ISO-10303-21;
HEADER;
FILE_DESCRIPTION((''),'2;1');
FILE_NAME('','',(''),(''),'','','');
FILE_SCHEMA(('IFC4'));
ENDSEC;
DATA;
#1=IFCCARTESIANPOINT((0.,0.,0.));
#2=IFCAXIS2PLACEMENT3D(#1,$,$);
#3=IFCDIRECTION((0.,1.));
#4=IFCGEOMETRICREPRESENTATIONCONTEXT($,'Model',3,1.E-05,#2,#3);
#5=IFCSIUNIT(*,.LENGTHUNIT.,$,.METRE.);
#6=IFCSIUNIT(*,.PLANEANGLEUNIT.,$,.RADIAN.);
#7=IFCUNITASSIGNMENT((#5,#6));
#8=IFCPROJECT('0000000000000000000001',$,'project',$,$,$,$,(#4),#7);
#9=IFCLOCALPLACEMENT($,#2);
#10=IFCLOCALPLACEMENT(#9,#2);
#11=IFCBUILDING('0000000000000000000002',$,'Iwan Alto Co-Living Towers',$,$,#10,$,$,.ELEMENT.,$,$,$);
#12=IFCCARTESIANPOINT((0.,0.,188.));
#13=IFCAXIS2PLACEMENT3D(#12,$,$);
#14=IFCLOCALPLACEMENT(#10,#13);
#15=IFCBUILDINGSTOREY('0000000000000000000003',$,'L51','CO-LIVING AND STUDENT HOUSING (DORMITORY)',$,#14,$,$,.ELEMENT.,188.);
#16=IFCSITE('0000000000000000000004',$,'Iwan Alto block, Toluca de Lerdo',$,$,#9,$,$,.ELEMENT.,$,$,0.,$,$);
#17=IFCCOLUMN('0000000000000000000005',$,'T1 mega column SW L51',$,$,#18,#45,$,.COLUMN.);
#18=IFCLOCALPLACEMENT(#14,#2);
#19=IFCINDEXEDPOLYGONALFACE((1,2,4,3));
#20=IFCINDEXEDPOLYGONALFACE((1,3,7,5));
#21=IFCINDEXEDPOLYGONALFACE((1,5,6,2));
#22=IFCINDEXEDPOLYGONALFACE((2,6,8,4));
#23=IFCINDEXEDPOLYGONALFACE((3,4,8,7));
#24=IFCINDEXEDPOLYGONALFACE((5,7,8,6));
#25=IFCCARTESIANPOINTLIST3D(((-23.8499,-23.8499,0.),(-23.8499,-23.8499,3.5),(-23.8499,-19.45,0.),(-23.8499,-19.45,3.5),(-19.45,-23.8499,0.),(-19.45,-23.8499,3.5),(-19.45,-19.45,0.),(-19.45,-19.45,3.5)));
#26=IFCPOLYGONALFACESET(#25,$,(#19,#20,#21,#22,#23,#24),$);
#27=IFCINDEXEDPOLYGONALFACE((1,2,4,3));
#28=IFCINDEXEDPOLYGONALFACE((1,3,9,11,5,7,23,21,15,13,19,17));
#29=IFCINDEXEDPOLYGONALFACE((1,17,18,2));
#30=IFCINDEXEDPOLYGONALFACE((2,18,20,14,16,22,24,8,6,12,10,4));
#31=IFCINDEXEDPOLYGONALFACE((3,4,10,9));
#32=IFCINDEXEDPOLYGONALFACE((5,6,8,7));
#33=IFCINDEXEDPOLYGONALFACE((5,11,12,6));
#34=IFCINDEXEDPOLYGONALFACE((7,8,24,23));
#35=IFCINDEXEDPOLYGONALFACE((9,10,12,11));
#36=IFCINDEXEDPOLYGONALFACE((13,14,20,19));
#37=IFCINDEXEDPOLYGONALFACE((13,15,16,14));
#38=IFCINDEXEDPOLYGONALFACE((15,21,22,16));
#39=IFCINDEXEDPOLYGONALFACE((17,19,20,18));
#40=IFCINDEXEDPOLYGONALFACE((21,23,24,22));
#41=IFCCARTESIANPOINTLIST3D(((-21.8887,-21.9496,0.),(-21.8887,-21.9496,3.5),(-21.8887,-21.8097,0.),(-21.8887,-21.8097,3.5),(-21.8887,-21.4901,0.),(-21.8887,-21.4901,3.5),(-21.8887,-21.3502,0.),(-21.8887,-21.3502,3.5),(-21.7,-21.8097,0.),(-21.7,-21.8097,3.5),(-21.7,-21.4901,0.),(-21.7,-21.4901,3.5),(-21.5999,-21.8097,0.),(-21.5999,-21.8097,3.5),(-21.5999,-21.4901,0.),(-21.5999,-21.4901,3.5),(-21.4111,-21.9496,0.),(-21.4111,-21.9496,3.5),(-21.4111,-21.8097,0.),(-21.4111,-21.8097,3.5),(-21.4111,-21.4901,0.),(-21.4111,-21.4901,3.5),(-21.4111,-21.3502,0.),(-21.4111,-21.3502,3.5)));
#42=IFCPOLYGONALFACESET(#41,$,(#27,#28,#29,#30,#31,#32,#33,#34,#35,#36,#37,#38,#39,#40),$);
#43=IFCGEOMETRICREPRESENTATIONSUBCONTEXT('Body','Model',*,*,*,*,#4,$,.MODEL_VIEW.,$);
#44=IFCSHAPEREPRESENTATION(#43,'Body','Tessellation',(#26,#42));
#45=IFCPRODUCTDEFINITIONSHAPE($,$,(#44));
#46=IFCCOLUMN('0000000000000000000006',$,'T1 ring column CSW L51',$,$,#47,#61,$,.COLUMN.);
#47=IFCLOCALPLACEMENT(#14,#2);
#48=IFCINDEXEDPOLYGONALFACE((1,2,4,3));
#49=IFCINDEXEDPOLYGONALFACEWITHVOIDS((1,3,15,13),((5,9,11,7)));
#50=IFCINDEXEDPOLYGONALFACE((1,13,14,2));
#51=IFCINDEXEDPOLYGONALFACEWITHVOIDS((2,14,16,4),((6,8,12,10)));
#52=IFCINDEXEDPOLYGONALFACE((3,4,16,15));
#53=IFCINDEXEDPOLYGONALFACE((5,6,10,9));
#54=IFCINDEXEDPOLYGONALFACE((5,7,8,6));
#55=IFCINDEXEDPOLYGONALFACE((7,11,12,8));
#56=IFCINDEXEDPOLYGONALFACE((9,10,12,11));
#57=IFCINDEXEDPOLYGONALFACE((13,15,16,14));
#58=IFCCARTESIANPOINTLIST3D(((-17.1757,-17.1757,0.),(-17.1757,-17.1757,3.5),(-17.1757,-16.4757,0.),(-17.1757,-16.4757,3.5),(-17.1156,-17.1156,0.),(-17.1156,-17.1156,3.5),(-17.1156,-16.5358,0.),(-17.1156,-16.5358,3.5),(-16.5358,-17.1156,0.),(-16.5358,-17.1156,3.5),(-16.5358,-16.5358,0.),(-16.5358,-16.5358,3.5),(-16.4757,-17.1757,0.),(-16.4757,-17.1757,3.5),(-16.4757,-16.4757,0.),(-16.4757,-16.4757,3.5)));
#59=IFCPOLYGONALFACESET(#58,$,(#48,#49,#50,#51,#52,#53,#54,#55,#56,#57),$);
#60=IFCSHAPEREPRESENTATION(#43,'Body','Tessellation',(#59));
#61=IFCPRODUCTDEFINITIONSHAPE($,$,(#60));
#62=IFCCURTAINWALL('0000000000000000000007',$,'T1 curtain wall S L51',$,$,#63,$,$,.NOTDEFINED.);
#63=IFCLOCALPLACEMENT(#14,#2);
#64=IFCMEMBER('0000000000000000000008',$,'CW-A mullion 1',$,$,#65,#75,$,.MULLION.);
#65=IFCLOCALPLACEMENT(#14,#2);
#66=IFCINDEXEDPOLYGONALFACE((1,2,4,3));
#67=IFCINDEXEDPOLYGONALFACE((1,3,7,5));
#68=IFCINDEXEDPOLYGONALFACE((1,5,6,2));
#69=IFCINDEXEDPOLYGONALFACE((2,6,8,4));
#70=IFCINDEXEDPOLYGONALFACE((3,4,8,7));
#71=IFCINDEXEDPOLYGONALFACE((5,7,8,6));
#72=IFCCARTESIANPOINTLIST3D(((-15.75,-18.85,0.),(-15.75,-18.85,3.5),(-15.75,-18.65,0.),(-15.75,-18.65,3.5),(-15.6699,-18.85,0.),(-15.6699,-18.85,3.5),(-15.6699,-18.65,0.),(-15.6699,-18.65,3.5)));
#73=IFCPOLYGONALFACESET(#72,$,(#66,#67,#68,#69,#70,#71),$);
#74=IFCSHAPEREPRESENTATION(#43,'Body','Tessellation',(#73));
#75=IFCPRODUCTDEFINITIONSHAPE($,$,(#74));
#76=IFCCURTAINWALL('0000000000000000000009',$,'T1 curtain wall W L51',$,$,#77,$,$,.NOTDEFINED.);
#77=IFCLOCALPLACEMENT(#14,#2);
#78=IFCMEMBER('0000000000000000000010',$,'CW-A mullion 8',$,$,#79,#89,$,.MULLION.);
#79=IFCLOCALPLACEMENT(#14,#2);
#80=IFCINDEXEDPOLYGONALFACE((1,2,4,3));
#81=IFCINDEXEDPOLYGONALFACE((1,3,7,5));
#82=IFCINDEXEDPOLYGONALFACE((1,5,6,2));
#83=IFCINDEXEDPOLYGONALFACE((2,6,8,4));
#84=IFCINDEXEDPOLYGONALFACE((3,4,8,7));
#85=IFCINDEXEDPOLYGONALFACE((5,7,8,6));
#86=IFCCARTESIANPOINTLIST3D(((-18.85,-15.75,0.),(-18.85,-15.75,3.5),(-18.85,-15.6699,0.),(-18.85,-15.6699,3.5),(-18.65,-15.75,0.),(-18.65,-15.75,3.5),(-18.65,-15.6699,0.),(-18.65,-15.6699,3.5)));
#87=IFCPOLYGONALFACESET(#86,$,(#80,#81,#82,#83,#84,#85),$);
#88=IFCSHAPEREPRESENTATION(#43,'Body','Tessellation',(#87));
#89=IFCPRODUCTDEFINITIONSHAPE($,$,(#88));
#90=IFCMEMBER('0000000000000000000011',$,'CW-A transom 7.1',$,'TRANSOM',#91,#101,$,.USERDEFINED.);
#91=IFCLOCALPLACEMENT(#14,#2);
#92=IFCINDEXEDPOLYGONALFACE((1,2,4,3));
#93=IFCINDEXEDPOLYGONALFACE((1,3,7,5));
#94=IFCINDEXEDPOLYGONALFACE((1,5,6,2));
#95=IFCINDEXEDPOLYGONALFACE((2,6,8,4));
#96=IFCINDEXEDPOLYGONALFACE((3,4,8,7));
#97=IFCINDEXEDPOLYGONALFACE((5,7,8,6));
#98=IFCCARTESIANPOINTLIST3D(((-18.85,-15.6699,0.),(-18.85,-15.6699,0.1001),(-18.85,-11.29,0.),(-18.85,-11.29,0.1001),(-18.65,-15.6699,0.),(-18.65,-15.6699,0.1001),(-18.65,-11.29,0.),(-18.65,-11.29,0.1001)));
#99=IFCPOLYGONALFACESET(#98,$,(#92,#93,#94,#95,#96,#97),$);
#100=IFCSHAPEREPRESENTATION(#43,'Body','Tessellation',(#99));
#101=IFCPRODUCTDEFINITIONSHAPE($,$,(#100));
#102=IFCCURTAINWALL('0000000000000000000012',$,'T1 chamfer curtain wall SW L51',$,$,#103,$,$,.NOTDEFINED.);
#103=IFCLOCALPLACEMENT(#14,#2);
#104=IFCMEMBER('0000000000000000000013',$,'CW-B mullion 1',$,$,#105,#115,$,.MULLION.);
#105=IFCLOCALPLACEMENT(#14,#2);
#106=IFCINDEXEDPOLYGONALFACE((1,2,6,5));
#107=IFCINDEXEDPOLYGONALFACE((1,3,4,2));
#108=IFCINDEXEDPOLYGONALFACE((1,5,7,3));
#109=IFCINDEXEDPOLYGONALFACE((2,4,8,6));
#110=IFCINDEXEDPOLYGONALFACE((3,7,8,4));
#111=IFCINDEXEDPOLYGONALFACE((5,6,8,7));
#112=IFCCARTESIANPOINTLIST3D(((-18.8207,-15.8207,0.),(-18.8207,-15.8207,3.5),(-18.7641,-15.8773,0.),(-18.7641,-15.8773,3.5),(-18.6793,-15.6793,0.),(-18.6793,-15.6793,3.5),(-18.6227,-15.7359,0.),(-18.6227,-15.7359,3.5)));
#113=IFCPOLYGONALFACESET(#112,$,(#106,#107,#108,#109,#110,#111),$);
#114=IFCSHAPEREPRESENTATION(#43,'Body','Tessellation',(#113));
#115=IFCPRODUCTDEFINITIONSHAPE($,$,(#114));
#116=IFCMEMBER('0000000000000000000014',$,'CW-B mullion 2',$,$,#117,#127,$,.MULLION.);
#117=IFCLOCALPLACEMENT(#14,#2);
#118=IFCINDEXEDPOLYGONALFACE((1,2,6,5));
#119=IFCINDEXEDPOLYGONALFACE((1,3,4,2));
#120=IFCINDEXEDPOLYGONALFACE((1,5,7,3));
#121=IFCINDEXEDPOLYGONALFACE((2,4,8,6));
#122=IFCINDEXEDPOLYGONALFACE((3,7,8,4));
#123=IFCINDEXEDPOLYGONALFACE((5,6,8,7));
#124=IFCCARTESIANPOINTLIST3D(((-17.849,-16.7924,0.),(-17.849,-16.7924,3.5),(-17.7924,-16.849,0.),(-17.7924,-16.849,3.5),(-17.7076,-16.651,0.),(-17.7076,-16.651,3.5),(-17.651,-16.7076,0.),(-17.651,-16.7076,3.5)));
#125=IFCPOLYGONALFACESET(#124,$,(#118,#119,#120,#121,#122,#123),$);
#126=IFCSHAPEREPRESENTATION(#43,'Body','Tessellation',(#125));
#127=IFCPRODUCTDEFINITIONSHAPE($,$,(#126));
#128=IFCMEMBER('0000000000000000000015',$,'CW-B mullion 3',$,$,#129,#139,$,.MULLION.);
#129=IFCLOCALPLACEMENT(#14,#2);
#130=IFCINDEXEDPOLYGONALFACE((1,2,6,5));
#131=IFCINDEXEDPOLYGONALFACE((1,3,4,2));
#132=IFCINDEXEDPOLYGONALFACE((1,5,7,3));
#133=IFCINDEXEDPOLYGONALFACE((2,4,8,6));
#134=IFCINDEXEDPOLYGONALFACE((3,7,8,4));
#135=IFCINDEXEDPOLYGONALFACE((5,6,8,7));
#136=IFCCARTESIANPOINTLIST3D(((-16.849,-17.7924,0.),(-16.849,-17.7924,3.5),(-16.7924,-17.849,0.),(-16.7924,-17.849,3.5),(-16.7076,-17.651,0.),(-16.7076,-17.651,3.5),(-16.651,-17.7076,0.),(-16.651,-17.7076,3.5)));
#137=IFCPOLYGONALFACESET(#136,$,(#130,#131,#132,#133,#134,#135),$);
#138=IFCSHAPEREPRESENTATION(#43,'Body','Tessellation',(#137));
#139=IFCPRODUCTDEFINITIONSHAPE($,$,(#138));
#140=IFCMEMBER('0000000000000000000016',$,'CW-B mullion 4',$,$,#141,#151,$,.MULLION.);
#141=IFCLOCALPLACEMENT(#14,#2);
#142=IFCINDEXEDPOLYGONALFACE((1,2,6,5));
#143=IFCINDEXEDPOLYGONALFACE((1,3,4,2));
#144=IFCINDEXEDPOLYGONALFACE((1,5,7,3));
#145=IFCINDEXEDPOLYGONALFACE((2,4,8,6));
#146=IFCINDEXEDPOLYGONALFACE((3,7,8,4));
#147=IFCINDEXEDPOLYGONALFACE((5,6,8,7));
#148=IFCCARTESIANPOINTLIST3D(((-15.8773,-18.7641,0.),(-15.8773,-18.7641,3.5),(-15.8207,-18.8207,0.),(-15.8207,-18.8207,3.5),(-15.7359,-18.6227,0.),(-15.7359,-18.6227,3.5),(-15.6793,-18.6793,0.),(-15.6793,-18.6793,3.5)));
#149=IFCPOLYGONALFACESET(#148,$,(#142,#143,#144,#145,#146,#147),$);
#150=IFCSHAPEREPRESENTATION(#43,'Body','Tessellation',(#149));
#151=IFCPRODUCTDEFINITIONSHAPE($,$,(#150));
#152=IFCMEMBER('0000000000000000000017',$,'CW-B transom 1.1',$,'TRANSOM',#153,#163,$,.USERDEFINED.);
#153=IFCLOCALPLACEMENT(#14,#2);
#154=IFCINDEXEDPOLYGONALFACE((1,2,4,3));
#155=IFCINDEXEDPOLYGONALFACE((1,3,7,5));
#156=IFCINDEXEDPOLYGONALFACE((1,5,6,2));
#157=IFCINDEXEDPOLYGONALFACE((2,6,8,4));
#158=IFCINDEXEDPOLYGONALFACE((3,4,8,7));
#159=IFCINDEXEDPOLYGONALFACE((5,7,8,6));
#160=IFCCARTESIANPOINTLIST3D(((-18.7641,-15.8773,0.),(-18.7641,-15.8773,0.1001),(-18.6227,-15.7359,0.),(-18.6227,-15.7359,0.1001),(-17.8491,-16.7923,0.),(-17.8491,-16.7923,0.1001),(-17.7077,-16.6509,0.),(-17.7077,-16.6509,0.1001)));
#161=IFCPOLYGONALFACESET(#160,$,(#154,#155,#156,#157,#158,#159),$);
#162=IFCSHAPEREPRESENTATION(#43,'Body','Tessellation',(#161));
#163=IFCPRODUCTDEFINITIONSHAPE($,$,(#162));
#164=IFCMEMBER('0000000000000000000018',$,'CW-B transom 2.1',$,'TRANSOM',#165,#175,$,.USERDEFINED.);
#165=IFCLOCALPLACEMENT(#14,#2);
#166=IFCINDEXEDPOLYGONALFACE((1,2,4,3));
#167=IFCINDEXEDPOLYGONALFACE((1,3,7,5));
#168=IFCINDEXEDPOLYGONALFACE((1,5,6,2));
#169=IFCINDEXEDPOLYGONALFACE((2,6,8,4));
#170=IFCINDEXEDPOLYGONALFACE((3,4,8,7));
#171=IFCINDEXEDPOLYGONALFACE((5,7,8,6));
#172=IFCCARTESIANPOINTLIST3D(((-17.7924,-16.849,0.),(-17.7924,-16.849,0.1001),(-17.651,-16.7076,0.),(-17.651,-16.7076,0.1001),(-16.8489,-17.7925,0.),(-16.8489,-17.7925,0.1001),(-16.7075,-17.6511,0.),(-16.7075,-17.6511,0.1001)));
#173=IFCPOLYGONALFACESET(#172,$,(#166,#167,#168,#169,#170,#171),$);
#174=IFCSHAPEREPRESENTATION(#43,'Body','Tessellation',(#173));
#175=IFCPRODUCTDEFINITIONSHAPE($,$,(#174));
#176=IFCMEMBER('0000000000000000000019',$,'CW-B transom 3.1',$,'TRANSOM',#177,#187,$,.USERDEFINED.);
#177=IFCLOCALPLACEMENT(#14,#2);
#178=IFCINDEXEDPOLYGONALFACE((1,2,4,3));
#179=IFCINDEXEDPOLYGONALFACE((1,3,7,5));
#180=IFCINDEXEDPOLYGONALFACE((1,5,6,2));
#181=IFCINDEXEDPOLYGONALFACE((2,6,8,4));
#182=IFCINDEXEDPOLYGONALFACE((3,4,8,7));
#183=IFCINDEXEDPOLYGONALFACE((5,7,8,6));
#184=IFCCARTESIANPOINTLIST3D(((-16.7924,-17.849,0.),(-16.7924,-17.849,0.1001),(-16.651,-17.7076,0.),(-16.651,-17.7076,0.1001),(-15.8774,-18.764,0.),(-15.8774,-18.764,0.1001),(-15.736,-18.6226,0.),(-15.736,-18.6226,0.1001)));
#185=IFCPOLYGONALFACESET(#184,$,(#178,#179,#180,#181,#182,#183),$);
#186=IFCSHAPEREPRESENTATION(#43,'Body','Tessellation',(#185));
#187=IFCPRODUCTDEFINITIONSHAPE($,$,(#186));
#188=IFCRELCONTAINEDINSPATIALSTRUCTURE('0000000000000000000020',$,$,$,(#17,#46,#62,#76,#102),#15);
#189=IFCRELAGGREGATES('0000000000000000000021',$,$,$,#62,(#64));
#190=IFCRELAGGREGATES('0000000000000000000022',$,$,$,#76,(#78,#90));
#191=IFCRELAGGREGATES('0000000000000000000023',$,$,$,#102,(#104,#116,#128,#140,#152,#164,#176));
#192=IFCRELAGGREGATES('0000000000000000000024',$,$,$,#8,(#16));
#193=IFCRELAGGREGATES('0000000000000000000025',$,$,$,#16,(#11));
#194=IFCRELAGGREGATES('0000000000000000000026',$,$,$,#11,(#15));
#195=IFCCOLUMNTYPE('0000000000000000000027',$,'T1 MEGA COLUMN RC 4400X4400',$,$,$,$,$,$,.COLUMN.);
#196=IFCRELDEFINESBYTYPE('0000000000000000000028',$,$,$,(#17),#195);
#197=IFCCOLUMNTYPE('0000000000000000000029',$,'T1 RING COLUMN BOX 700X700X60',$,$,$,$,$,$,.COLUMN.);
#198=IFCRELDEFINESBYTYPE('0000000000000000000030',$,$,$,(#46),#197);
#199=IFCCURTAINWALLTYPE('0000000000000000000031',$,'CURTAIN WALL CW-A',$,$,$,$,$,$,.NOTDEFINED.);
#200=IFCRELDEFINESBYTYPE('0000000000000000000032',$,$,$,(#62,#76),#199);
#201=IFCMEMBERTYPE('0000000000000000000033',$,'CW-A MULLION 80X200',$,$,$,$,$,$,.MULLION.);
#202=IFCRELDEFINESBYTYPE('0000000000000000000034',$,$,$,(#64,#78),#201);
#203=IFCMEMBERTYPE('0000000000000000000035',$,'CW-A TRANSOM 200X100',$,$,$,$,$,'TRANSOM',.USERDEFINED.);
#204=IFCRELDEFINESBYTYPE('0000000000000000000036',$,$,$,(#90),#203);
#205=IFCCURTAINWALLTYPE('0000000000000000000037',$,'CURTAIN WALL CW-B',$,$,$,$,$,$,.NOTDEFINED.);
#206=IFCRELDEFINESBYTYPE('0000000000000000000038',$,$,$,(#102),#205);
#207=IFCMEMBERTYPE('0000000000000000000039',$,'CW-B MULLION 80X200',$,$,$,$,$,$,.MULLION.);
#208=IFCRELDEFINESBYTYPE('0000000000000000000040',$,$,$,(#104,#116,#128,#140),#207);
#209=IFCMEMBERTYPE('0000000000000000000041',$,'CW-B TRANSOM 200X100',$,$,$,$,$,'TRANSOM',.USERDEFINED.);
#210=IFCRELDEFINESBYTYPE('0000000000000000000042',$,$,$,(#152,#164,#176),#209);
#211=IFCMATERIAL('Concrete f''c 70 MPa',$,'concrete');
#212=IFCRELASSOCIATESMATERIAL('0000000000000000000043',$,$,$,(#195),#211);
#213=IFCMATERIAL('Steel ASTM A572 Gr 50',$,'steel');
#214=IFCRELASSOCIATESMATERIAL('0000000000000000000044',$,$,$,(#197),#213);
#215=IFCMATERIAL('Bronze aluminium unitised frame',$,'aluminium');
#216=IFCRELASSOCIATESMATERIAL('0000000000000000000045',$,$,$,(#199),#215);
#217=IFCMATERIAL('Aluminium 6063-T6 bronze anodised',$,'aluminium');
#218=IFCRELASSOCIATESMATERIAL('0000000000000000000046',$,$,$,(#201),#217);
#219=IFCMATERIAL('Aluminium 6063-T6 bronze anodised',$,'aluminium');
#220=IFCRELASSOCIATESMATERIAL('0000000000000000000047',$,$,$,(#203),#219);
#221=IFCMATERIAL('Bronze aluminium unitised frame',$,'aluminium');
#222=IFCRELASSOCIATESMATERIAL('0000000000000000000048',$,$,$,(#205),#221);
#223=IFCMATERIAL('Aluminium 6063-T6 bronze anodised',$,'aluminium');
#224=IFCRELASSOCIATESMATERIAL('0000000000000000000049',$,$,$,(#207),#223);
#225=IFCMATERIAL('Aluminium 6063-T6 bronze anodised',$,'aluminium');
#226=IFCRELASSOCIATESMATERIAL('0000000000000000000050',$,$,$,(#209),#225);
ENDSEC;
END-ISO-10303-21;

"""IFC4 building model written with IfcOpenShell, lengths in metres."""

from ifc_helpers import new_model, si_unit, direction, frame, origin, origin_2d, place, context, subcontext, project, spatial, rectangle, hollow_rectangle, i_section, extrude, material, material_profile, profile_set, type_object, element, aggregate, save


model = new_model("IFC4")

# Units and contexts
model_context = context("Model", 3, precision=1e-05, world=origin(), true_north=direction((0.0, 1.0)))
body_context = subcontext(model_context, "Body", "Model", "MODEL_VIEW")
ifc_project = project(units=[si_unit("LENGTHUNIT", "METRE"), si_unit("PLANEANGLEUNIT", "RADIAN")], contexts=[model_context])

# Site, building, storey
site_placement = place(None, origin())
site = spatial("IfcSite", under=ifc_project, at=site_placement, Name="Iwan Alto block, Toluca de Lerdo", CompositionType="ELEMENT", RefElevation=0.0)
building_placement = place(site_placement, origin())
building = spatial("IfcBuilding", under=site, at=building_placement, Name="Iwan Alto Co-Living Towers", CompositionType="ELEMENT")
storey_placement = place(building_placement, frame((0.0, 0.0, 188.0)))
storey = spatial("IfcBuildingStorey", under=building, at=storey_placement, Name="L51", Description="CO-LIVING AND STUDENT HOUSING (DORMITORY)", CompositionType="ELEMENT", Elevation=188.0)

# Columns
ifc_material_1 = material(Name="Concrete f'c 70 MPa", Category="concrete")
ifc_material_profile_1 = material_profile(ifc_material_1, rectangle(XDim=4.3999, YDim=4.3999, at=origin_2d()), Name="RC 4400X4400")
ifc_profile_set_1 = profile_set([ifc_material_profile_1], Name="Concrete f'c 70 MPa")
column_type_1 = type_object("IfcColumnType", Name="T1 MEGA COLUMN RC 4400X4400", PredefinedType="COLUMN", material=ifc_profile_set_1)
column_1_placement = place(storey_placement, frame((-21.6499, -21.6499, 0.0), z_axis=(0.0, 0.0, 1.0), x_axis=(1.0, 0.0, 0.0)))
element("IfcColumn", 1, at=column_1_placement, inside=storey, type_object=column_type_1, Name="T1 mega column SW L51", PredefinedType="COLUMN", context=body_context, shape_type="SweptSolid", body=[
    extrude(rectangle(XDim=4.3999, YDim=4.3999, at=origin_2d()), origin(), (0.0, 0.0, 1.0), 3.5),
    extrude(i_section(OverallWidth=0.4775, OverallDepth=0.5994, WebThickness=0.1001, FlangeThickness=0.1399, at=origin_2d()), origin(), (0.0, 0.0, 1.0), 3.5),
])
ifc_material_2 = material(Name="Steel ASTM A572 Gr 50", Category="steel")
ifc_material_profile_2 = material_profile(ifc_material_2, hollow_rectangle(XDim=0.7, YDim=0.7, WallThickness=0.0601, at=origin_2d()), Name="BOX 700X700X60")
ifc_profile_set_2 = profile_set([ifc_material_profile_2], Name="Steel ASTM A572 Gr 50")
column_type_2 = type_object("IfcColumnType", Name="T1 RING COLUMN BOX 700X700X60", PredefinedType="COLUMN", material=ifc_profile_set_2)
column_2_placement = place(storey_placement, frame((-16.8257, -16.8257, 0.0), z_axis=(0.0, 0.0, 1.0), x_axis=(1.0, 0.0, 0.0)))
element("IfcColumn", 2, at=column_2_placement, inside=storey, type_object=column_type_2, Name="T1 ring column CSW L51", PredefinedType="COLUMN", context=body_context, shape_type="SweptSolid", body=[
    extrude(hollow_rectangle(XDim=0.7, YDim=0.7, WallThickness=0.0601, at=origin_2d()), origin(), (0.0, 0.0, 1.0), 3.5),
])

# Curtain wall, member
ifc_material_3 = material(Name="Bronze aluminium unitised frame", Category="aluminium")
curtain_wall_type_1 = type_object("IfcCurtainWallType", Name="CURTAIN WALL CW-A", PredefinedType="NOTDEFINED", material=ifc_material_3)
curtain_wall_1_placement = place(storey_placement, origin())
curtain_wall_1 = element("IfcCurtainWall", 3, at=curtain_wall_1_placement, inside=storey, type_object=curtain_wall_type_1, Name="T1 curtain wall S L51", PredefinedType="NOTDEFINED")
ifc_material_4 = material(Name="Aluminium 6063-T6 bronze anodised", Category="aluminium")
ifc_material_profile_3 = material_profile(ifc_material_4, rectangle(XDim=0.2, YDim=0.0801, at=origin_2d()), Name="AL 80X200")
ifc_profile_set_3 = profile_set([ifc_material_profile_3], Name="Aluminium 6063-T6 bronze anodised")
member_type_1 = type_object("IfcMemberType", Name="CW-A MULLION 80X200", PredefinedType="MULLION", material=ifc_profile_set_3)
member_1_placement = place(storey_placement, frame((-15.71, -18.75, 0.0), z_axis=(0.0, 0.0, 1.0), x_axis=(0.0, 1.0, 0.0)))
member_1 = element("IfcMember", 4, at=member_1_placement, type_object=member_type_1, Name="CW-A mullion 1", PredefinedType="MULLION", context=body_context, shape_type="SweptSolid", body=[
    extrude(rectangle(XDim=0.2, YDim=0.0801, at=origin_2d()), origin(), (0.0, 0.0, 1.0), 3.5),
])
aggregate(curtain_wall_1, [member_1])

# Curtain walls, members
curtain_wall_2_placement = place(storey_placement, origin())
curtain_wall_2 = element("IfcCurtainWall", 5, at=curtain_wall_2_placement, inside=storey, type_object=curtain_wall_type_1, Name="T1 curtain wall W L51", PredefinedType="NOTDEFINED")
member_2_placement = place(storey_placement, frame((-18.75, -15.71, 0.0), z_axis=(0.0, 0.0, 1.0), x_axis=(1.0, 0.0, 0.0)))
member_2 = element("IfcMember", 6, at=member_2_placement, type_object=member_type_1, Name="CW-A mullion 8", PredefinedType="MULLION", context=body_context, shape_type="SweptSolid", body=[
    extrude(rectangle(XDim=0.2, YDim=0.0801, at=origin_2d()), origin(), (0.0, 0.0, 1.0), 3.5),
])
ifc_material_5 = material(Name="Aluminium 6063-T6 bronze anodised", Category="aluminium")
ifc_material_profile_4 = material_profile(ifc_material_5, rectangle(XDim=0.2, YDim=0.1001, at=origin_2d()), Name="AL 200X100")
ifc_profile_set_4 = profile_set([ifc_material_profile_4], Name="Aluminium 6063-T6 bronze anodised")
member_type_2 = type_object("IfcMemberType", Name="CW-A TRANSOM 200X100", ElementType="TRANSOM", PredefinedType="USERDEFINED", material=ifc_profile_set_4)
member_3_placement = place(storey_placement, frame((-18.75, -11.29, 0.05), z_axis=(0.0, -1.0, 0.0), x_axis=(1.0, 0.0, 0.0)))
member_3 = element("IfcMember", 7, at=member_3_placement, type_object=member_type_2, Name="CW-A transom 7.1", ObjectType="TRANSOM", PredefinedType="USERDEFINED", context=body_context, shape_type="SweptSolid", body=[
    extrude(rectangle(XDim=0.2, YDim=0.1001, at=origin_2d()), origin(), (0.0, 0.0, 1.0), 4.3799),
])
ifc_material_6 = material(Name="Bronze aluminium unitised frame", Category="aluminium")
curtain_wall_type_2 = type_object("IfcCurtainWallType", Name="CURTAIN WALL CW-B", PredefinedType="NOTDEFINED", material=ifc_material_6)
curtain_wall_3_placement = place(storey_placement, origin())
curtain_wall_3 = element("IfcCurtainWall", 8, at=curtain_wall_3_placement, inside=storey, type_object=curtain_wall_type_2, Name="T1 chamfer curtain wall SW L51", PredefinedType="NOTDEFINED")
ifc_material_7 = material(Name="Aluminium 6063-T6 bronze anodised", Category="aluminium")
ifc_material_profile_5 = material_profile(ifc_material_7, rectangle(XDim=0.2, YDim=0.0801, at=origin_2d()), Name="AL 80X200")
ifc_profile_set_5 = profile_set([ifc_material_profile_5], Name="Aluminium 6063-T6 bronze anodised")
member_type_3 = type_object("IfcMemberType", Name="CW-B MULLION 80X200", PredefinedType="MULLION", material=ifc_profile_set_5)
member_4_placement = place(storey_placement, frame((-18.7217, -15.7783, 0.0), z_axis=(0.0, 0.0, 1.0), x_axis=(0.707107, 0.707107, 0.0)))
member_4 = element("IfcMember", 9, at=member_4_placement, type_object=member_type_3, Name="CW-B mullion 1", PredefinedType="MULLION", context=body_context, shape_type="SweptSolid", body=[
    extrude(rectangle(XDim=0.2, YDim=0.0801, at=origin_2d()), origin(), (0.0, 0.0, 1.0), 3.5),
])
member_5_placement = place(storey_placement, frame((-17.75, -16.75, 0.0), z_axis=(0.0, 0.0, 1.0), x_axis=(0.707107, 0.707107, 0.0)))
member_5 = element("IfcMember", 10, at=member_5_placement, type_object=member_type_3, Name="CW-B mullion 2", PredefinedType="MULLION", context=body_context, shape_type="SweptSolid", body=[
    extrude(rectangle(XDim=0.2, YDim=0.0801, at=origin_2d()), origin(), (0.0, 0.0, 1.0), 3.5),
])
member_6_placement = place(storey_placement, frame((-16.75, -17.75, 0.0), z_axis=(0.0, 0.0, 1.0), x_axis=(0.707107, 0.707107, 0.0)))
member_6 = element("IfcMember", 11, at=member_6_placement, type_object=member_type_3, Name="CW-B mullion 3", PredefinedType="MULLION", context=body_context, shape_type="SweptSolid", body=[
    extrude(rectangle(XDim=0.2, YDim=0.0801, at=origin_2d()), origin(), (0.0, 0.0, 1.0), 3.5),
])
member_7_placement = place(storey_placement, frame((-15.7783, -18.7217, 0.0), z_axis=(0.0, 0.0, 1.0), x_axis=(0.707107, 0.707107, 0.0)))
member_7 = element("IfcMember", 12, at=member_7_placement, type_object=member_type_3, Name="CW-B mullion 4", PredefinedType="MULLION", context=body_context, shape_type="SweptSolid", body=[
    extrude(rectangle(XDim=0.2, YDim=0.0801, at=origin_2d()), origin(), (0.0, 0.0, 1.0), 3.5),
])
ifc_material_8 = material(Name="Aluminium 6063-T6 bronze anodised", Category="aluminium")
ifc_material_profile_6 = material_profile(ifc_material_8, rectangle(XDim=0.2, YDim=0.1001, at=origin_2d()), Name="AL 200X100")
ifc_profile_set_6 = profile_set([ifc_material_profile_6], Name="Aluminium 6063-T6 bronze anodised")
member_type_4 = type_object("IfcMemberType", Name="CW-B TRANSOM 200X100", ElementType="TRANSOM", PredefinedType="USERDEFINED", material=ifc_profile_set_6)
member_8_placement = place(storey_placement, frame((-18.6934, -15.8066, 0.05), z_axis=(0.707107, -0.707107, 0.0), x_axis=(0.707107, 0.707107, 0.0)))
member_8 = element("IfcMember", 13, at=member_8_placement, type_object=member_type_4, Name="CW-B transom 1.1", ObjectType="TRANSOM", PredefinedType="USERDEFINED", context=body_context, shape_type="SweptSolid", body=[
    extrude(rectangle(XDim=0.2, YDim=0.1001, at=origin_2d()), origin(), (0.0, 0.0, 1.0), 1.2939),
])
member_9_placement = place(storey_placement, frame((-17.7217, -16.7783, 0.05), z_axis=(0.707107, -0.707107, 0.0), x_axis=(0.707107, 0.707107, 0.0)))
member_9 = element("IfcMember", 14, at=member_9_placement, type_object=member_type_4, Name="CW-B transom 2.1", ObjectType="TRANSOM", PredefinedType="USERDEFINED", context=body_context, shape_type="SweptSolid", body=[
    extrude(rectangle(XDim=0.2, YDim=0.1001, at=origin_2d()), origin(), (0.0, 0.0, 1.0), 1.3342),
])
member_10_placement = place(storey_placement, frame((-16.7217, -17.7783, 0.05), z_axis=(0.707107, -0.707107, 0.0), x_axis=(0.707107, 0.707107, 0.0)))
member_10 = element("IfcMember", 15, at=member_10_placement, type_object=member_type_4, Name="CW-B transom 3.1", ObjectType="TRANSOM", PredefinedType="USERDEFINED", context=body_context, shape_type="SweptSolid", body=[
    extrude(rectangle(XDim=0.2, YDim=0.1001, at=origin_2d()), origin(), (0.0, 0.0, 1.0), 1.2939),
])

aggregate(curtain_wall_2, [member_2, member_3])
aggregate(curtain_wall_3, [member_4, member_5, member_6, member_7, member_8, member_9, member_10])

save(model, "model.ifc")
